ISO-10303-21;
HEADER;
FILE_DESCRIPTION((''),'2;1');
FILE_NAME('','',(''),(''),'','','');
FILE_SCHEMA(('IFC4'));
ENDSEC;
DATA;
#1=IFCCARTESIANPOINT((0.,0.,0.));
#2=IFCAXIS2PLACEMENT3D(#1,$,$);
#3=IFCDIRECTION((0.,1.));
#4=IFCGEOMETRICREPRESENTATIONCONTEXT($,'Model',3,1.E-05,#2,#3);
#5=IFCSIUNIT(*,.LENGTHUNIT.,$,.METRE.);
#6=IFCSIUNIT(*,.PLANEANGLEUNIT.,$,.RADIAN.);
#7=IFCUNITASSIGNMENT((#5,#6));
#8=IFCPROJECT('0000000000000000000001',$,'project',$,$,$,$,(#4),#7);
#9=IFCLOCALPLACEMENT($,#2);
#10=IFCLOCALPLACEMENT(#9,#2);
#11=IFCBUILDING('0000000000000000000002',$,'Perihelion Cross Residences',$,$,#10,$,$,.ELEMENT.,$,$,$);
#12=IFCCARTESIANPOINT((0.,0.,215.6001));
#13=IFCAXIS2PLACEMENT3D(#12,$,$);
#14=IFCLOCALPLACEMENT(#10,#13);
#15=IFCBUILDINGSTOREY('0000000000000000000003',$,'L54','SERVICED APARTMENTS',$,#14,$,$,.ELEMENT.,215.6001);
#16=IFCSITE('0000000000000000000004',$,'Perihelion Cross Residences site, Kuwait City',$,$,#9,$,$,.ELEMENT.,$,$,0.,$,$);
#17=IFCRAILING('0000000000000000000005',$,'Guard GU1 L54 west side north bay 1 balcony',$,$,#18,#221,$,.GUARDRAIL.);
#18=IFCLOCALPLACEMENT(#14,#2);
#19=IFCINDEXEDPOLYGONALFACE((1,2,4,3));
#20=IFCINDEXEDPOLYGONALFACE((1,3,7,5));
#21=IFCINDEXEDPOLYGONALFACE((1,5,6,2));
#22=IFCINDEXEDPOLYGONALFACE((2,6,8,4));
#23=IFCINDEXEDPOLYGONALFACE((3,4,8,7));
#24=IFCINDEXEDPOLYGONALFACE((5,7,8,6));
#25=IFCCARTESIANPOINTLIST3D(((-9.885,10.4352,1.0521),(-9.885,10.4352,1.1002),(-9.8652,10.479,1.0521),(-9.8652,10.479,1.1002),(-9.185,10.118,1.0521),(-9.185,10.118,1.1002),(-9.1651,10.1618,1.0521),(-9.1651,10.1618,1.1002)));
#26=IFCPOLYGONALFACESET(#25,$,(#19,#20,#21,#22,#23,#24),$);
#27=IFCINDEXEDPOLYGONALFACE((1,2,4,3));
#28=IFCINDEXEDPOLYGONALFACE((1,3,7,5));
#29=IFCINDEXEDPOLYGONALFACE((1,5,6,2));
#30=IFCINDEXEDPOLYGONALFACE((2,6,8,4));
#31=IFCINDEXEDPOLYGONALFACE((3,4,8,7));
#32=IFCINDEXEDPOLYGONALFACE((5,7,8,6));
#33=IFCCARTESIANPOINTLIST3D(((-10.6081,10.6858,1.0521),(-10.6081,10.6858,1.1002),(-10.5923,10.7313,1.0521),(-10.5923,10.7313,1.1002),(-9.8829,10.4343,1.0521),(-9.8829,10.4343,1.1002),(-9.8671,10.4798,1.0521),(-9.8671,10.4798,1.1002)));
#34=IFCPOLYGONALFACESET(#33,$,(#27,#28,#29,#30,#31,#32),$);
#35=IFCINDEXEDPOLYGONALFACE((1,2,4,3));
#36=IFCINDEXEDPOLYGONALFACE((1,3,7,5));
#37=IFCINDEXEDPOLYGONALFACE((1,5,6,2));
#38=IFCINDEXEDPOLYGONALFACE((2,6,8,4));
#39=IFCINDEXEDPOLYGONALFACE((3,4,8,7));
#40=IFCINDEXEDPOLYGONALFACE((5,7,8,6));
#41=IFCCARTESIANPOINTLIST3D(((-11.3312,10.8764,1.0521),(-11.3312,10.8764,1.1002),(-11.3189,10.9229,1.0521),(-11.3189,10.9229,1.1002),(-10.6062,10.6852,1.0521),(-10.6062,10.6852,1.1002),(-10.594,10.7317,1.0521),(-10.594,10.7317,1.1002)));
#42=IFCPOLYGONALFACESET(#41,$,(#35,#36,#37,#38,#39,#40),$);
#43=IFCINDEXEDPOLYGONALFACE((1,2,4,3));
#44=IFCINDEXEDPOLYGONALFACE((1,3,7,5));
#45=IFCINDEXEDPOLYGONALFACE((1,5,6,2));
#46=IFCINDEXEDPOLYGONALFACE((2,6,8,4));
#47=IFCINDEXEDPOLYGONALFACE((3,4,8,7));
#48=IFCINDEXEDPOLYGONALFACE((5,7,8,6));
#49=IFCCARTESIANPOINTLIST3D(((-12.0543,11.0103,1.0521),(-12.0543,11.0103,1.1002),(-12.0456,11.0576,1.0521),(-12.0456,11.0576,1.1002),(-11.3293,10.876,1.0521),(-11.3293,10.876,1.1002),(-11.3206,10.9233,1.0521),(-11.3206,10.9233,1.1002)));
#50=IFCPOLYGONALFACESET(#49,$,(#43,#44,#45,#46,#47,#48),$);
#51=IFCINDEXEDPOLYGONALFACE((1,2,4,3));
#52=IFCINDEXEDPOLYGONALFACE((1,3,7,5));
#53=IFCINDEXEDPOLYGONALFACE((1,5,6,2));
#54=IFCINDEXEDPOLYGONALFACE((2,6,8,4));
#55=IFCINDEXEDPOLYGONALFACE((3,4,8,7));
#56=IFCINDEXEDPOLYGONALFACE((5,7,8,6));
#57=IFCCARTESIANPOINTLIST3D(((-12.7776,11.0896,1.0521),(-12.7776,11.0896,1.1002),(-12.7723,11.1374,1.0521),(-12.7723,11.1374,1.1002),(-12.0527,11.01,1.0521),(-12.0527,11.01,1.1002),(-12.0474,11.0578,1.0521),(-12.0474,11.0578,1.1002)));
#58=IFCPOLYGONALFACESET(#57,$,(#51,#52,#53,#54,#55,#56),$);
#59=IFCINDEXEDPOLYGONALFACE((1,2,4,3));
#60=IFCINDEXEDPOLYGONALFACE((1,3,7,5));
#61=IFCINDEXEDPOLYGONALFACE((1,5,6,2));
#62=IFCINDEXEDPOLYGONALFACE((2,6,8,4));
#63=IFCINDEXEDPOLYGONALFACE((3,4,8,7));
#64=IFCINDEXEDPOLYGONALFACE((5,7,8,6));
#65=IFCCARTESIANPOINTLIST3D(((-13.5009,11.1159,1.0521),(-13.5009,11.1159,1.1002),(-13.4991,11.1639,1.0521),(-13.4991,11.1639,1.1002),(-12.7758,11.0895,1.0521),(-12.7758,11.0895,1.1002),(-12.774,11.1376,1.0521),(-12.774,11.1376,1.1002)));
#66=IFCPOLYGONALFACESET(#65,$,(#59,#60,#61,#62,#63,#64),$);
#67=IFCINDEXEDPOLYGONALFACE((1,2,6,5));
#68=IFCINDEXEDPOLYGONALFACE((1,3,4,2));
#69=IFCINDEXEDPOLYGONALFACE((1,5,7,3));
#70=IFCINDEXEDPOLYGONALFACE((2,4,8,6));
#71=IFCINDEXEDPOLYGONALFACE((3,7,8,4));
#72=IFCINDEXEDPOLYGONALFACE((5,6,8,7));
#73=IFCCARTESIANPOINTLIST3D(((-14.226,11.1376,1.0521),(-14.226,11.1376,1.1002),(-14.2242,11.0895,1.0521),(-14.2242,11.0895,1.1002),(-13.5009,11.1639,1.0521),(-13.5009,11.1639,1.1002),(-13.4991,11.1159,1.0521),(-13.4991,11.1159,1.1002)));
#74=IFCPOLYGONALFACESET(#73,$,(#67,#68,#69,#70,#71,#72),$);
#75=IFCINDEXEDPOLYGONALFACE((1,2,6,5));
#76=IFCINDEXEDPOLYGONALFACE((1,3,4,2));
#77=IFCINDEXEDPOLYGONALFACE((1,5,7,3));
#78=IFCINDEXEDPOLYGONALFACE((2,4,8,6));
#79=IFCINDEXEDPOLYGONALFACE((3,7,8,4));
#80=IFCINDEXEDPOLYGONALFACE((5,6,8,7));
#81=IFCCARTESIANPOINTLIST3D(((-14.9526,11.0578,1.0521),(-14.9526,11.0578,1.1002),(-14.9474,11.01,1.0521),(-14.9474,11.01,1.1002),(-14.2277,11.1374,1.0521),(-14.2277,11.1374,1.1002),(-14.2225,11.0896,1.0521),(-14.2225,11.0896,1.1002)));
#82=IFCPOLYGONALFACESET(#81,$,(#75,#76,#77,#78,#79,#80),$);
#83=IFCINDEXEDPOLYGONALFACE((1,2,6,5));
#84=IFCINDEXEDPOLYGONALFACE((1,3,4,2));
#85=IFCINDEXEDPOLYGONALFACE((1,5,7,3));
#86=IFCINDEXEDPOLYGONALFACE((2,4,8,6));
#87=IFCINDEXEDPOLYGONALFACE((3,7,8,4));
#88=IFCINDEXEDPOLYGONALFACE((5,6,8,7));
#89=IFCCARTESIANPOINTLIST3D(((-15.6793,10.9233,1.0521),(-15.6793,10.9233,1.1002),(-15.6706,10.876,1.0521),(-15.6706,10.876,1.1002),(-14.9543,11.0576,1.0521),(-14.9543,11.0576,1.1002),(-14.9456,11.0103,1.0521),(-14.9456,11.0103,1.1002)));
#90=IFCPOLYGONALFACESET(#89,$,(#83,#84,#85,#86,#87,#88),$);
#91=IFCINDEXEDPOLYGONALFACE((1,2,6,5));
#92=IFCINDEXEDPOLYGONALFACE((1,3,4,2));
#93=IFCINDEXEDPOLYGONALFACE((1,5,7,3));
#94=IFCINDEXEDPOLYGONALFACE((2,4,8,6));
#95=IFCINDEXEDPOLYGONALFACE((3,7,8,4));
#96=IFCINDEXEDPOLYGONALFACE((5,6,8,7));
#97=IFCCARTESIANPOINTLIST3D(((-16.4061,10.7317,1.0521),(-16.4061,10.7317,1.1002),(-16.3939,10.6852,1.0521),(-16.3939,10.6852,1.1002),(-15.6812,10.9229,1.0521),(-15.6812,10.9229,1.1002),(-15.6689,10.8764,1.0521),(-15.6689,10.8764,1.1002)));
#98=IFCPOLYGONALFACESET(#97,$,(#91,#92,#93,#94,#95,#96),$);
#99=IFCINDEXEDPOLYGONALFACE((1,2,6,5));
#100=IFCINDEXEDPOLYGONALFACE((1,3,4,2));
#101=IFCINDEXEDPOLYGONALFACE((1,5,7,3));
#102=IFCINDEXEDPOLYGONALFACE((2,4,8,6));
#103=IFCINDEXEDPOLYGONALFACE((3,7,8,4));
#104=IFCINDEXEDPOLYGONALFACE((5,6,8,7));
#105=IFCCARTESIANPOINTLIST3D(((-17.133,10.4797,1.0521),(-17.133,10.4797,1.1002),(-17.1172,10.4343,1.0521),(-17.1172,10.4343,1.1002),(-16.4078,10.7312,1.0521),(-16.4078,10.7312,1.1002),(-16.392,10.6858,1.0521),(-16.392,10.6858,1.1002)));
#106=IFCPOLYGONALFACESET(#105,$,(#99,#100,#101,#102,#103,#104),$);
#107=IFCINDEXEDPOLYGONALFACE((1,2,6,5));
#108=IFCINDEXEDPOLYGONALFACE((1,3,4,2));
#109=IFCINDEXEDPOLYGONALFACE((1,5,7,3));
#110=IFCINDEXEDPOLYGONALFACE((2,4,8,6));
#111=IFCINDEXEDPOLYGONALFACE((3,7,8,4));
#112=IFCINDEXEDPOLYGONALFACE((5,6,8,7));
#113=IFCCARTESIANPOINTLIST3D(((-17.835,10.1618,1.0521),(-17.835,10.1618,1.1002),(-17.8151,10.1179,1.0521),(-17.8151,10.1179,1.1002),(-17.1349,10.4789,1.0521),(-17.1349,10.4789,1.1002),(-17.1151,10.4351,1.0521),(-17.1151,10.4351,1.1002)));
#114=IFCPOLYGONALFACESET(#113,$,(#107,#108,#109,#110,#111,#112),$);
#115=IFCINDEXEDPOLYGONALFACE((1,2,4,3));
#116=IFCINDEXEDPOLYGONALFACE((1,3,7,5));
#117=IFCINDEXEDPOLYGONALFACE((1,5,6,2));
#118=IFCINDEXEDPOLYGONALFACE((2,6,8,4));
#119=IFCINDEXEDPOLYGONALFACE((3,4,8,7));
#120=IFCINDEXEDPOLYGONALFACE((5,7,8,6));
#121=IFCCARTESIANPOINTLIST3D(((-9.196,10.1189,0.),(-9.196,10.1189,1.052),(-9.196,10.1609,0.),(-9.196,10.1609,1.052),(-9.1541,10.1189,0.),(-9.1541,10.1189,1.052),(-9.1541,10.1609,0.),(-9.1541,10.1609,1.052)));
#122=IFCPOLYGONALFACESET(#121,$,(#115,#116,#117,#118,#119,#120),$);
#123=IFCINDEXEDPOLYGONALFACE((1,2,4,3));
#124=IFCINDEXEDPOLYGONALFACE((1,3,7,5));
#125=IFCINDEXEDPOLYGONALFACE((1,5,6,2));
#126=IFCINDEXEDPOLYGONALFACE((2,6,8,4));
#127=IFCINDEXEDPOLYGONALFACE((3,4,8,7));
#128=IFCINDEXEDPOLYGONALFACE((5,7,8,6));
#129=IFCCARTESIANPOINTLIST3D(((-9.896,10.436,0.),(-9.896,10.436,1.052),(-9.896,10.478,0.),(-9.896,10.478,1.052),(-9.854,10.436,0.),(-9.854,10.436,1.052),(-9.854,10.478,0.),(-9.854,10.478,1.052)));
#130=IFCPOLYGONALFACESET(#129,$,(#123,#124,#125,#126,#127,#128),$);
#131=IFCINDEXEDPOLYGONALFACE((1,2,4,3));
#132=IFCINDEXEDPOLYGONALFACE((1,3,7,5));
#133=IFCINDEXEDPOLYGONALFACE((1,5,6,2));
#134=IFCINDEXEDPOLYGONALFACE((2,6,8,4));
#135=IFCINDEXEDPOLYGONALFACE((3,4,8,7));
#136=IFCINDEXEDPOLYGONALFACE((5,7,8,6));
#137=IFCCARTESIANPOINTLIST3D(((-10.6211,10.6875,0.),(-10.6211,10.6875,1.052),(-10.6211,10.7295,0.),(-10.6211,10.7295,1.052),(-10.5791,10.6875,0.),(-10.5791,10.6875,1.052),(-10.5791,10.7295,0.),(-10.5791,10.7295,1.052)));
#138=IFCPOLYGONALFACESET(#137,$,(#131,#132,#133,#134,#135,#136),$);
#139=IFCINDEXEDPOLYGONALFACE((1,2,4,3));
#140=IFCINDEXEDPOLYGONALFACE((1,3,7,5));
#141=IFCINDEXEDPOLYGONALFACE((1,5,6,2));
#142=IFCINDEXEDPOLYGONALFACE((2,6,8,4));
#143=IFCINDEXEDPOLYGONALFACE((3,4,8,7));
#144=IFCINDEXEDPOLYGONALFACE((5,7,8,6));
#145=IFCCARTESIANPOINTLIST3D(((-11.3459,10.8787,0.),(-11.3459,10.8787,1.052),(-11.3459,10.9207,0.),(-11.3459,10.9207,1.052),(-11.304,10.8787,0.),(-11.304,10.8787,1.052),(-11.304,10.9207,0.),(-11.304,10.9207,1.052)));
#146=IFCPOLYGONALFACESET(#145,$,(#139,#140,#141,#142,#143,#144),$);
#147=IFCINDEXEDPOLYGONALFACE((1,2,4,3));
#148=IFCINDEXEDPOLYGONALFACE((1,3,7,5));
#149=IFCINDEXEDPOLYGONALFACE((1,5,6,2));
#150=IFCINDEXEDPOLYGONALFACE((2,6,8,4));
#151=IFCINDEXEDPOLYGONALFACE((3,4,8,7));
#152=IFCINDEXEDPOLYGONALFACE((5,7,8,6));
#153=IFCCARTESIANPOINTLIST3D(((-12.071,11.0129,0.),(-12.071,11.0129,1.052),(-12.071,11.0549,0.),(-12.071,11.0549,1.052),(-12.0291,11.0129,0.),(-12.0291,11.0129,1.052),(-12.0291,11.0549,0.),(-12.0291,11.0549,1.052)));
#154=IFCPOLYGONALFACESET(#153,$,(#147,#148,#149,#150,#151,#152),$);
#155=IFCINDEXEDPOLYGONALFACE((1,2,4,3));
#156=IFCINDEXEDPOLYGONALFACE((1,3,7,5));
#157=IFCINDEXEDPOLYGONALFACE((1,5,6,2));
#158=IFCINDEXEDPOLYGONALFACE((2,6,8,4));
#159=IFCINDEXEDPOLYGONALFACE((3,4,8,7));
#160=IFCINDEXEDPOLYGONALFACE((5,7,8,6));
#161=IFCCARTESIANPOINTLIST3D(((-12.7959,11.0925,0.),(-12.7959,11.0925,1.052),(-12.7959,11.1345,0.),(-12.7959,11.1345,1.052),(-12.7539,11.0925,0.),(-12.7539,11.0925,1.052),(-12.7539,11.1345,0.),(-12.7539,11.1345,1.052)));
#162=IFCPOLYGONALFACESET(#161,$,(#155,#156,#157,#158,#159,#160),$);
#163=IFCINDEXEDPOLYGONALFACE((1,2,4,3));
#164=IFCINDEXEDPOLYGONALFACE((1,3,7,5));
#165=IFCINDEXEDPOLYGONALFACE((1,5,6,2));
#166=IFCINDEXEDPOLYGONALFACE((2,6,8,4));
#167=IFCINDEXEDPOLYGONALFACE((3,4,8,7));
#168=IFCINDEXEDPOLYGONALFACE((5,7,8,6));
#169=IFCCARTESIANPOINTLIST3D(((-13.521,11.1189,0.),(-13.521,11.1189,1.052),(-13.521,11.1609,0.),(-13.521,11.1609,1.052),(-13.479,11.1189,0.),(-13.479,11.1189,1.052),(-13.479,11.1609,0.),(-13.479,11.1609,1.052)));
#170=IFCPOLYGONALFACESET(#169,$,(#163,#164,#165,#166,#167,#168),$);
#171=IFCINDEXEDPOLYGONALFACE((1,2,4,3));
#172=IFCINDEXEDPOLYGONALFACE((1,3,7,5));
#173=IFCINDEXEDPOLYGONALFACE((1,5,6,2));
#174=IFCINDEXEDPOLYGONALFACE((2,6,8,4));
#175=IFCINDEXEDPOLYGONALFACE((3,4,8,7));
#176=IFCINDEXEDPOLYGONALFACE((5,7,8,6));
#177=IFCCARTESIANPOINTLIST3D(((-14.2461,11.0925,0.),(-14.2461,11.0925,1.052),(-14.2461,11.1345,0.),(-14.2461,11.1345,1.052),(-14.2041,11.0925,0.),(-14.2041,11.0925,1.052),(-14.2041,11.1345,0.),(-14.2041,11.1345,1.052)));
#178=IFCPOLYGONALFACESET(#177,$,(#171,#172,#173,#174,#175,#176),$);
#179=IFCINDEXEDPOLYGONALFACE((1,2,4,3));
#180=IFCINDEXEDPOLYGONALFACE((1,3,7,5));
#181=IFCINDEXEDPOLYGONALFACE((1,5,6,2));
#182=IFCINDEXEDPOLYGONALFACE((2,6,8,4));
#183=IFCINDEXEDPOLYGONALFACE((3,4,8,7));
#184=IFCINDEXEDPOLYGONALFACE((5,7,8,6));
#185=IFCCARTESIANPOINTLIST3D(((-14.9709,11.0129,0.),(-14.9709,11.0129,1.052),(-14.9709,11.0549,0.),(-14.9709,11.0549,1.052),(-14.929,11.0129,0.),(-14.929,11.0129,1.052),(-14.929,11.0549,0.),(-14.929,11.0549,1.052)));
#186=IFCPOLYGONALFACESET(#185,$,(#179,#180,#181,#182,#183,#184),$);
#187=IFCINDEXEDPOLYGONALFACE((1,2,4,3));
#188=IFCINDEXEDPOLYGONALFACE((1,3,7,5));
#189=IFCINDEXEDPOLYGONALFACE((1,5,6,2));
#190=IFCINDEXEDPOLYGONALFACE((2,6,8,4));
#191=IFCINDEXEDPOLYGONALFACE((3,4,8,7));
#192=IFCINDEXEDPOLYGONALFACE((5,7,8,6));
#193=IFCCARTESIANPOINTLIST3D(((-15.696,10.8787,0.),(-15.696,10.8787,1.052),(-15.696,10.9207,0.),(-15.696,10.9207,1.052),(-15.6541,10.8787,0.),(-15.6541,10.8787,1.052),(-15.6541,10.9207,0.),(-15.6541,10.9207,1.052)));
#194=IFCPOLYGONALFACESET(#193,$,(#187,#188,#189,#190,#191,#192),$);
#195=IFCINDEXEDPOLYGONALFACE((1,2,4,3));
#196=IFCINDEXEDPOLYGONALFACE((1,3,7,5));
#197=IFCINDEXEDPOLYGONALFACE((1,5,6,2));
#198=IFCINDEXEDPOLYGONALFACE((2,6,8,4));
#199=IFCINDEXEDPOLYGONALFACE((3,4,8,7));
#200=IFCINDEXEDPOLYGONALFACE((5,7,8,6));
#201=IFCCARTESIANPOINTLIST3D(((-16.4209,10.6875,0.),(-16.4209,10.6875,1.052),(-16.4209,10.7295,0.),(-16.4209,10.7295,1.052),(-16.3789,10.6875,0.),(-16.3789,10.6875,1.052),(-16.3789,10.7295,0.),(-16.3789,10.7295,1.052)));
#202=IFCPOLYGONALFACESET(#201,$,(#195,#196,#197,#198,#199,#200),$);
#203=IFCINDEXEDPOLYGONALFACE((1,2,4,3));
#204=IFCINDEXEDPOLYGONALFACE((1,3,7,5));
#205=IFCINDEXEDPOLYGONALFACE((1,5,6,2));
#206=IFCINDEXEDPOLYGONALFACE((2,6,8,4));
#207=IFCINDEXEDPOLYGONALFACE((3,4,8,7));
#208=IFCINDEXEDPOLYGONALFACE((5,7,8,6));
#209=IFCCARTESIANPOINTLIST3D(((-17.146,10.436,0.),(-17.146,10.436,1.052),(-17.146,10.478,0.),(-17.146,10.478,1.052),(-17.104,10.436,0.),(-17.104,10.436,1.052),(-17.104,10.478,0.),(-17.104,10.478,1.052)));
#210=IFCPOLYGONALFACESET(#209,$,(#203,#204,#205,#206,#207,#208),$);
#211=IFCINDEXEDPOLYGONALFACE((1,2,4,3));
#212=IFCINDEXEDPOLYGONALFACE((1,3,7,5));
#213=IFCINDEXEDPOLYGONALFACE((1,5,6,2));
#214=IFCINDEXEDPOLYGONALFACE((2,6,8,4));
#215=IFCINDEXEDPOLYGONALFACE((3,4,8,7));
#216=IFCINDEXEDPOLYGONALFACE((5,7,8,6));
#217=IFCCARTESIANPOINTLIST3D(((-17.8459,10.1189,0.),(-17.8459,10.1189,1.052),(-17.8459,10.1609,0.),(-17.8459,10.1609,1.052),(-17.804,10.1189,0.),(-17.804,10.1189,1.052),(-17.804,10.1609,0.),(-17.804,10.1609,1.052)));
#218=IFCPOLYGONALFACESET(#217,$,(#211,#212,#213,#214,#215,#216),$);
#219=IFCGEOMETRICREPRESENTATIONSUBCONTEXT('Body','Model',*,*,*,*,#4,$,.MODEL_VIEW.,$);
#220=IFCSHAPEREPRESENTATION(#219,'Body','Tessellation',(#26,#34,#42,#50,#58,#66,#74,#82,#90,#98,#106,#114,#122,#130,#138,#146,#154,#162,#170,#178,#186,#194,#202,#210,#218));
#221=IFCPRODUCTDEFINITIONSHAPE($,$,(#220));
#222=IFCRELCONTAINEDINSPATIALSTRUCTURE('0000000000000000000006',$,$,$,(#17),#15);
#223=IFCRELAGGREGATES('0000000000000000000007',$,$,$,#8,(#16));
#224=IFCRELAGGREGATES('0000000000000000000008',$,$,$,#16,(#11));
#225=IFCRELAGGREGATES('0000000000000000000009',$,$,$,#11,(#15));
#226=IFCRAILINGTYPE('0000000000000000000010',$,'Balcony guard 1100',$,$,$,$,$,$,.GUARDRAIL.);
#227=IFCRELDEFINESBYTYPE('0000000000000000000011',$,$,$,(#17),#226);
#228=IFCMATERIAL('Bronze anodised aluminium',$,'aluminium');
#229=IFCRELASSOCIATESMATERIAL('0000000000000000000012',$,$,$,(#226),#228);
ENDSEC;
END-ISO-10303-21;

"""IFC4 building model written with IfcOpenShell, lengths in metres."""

from ifc_helpers import new_model, si_unit, direction, frame, origin, origin_2d, place, context, subcontext, project, spatial, rectangle, extrude, material, type_object, element, save


model = new_model("IFC4")

# Units and contexts
model_context = context("Model", 3, precision=1e-05, world=origin(), true_north=direction((0.0, 1.0)))
body_context = subcontext(model_context, "Body", "Model", "MODEL_VIEW")
ifc_project = project(units=[si_unit("LENGTHUNIT", "METRE"), si_unit("PLANEANGLEUNIT", "RADIAN")], contexts=[model_context])

# Site, building, storey
site_placement = place(None, origin())
site = spatial("IfcSite", under=ifc_project, at=site_placement, Name="Perihelion Cross Residences site, Kuwait City", CompositionType="ELEMENT", RefElevation=0.0)
building_placement = place(site_placement, origin())
building = spatial("IfcBuilding", under=site, at=building_placement, Name="Perihelion Cross Residences", CompositionType="ELEMENT")
storey_placement = place(building_placement, frame((0.0, 0.0, 215.6001)))
storey = spatial("IfcBuildingStorey", under=building, at=storey_placement, Name="L54", Description="SERVICED APARTMENTS", CompositionType="ELEMENT", Elevation=215.6001)

# Railing
ifc_material_1 = material(Name="Bronze anodised aluminium", Category="aluminium")
railing_type = type_object("IfcRailingType", Name="Balcony guard 1100", PredefinedType="GUARDRAIL", material=ifc_material_1)
railing_1_placement = place(storey_placement, frame((-9.175, 10.1399, 0.0)))
element("IfcRailing", 1, at=railing_1_placement, inside=storey, type_object=railing_type, Name="Guard GU1 L54 west side north bay 1 balcony", PredefinedType="GUARDRAIL", context=body_context, shape_type="SweptSolid", body=[
    extrude(rectangle(XDim=0.0481, YDim=0.0481, at=origin_2d()), frame((0.0, 0.0, 1.0762), z_axis=(-0.910866, 0.412702, 0.0), x_axis=(-0.412702, -0.910866, 0.0)), (0.0, 0.0, 1.0), 0.7686),
    extrude(rectangle(XDim=0.0481, YDim=0.0481, at=origin_2d()), frame((-0.7, 0.3171, 1.0762), z_axis=(-0.944797, 0.327657, 0.0), x_axis=(-0.327657, -0.944797, 0.0)), (0.0, 0.0, 1.0), 0.7676),
    extrude(rectangle(XDim=0.0481, YDim=0.0481, at=origin_2d()), frame((-1.425, 0.5686, 1.0762), z_axis=(-0.966939, 0.255006, 0.0), x_axis=(-0.255006, -0.966939, 0.0)), (0.0, 0.0, 1.0), 0.7498),
    extrude(rectangle(XDim=0.0481, YDim=0.0481, at=origin_2d()), frame((-2.1499, 0.7598, 1.0762), z_axis=(-0.983282, 0.182089, 0.0), x_axis=(-0.182089, -0.983282, 0.0)), (0.0, 0.0, 1.0), 0.7373),
    extrude(rectangle(XDim=0.0481, YDim=0.0481, at=origin_2d()), frame((-2.875, 0.894, 1.0762), z_axis=(-0.994026, 0.109145, 0.0), x_axis=(-0.109145, -0.994026, 0.0)), (0.0, 0.0, 1.0), 0.7292),
    extrude(rectangle(XDim=0.0481, YDim=0.0481, at=origin_2d()), frame((-3.5999, 0.9736, 1.0762), z_axis=(-0.999339, 0.03634, 0.0), x_axis=(-0.03634, -0.999339, 0.0)), (0.0, 0.0, 1.0), 0.7256),
    extrude(rectangle(XDim=0.0481, YDim=0.0481, at=origin_2d()), frame((-4.325, 1.0, 1.0762), z_axis=(-0.999339, -0.03634, 0.0), x_axis=(0.03634, -0.999339, 0.0)), (0.0, 0.0, 1.0), 0.7256),
    extrude(rectangle(XDim=0.0481, YDim=0.0481, at=origin_2d()), frame((-5.05, 0.9736, 1.0762), z_axis=(-0.994026, -0.109145, 0.0), x_axis=(0.109145, -0.994026, 0.0)), (0.0, 0.0, 1.0), 0.7292),
    extrude(rectangle(XDim=0.0481, YDim=0.0481, at=origin_2d()), frame((-5.7749, 0.894, 1.0762), z_axis=(-0.983282, -0.182089, 0.0), x_axis=(0.182089, -0.983282, 0.0)), (0.0, 0.0, 1.0), 0.7373),
    extrude(rectangle(XDim=0.0481, YDim=0.0481, at=origin_2d()), frame((-6.5, 0.7598, 1.0762), z_axis=(-0.966939, -0.255006, 0.0), x_axis=(0.255006, -0.966939, 0.0)), (0.0, 0.0, 1.0), 0.7498),
    extrude(rectangle(XDim=0.0481, YDim=0.0481, at=origin_2d()), frame((-7.2249, 0.5686, 1.0762), z_axis=(-0.944797, -0.327657, 0.0), x_axis=(0.327657, -0.944797, 0.0)), (0.0, 0.0, 1.0), 0.7676),
    extrude(rectangle(XDim=0.0481, YDim=0.0481, at=origin_2d()), frame((-7.95, 0.3171, 1.0762), z_axis=(-0.910866, -0.412702, 0.0), x_axis=(0.412702, -0.910866, 0.0)), (0.0, 0.0, 1.0), 0.7686),
    extrude(rectangle(XDim=0.042, YDim=0.042, at=origin_2d()), origin(), (0.0, 0.0, 1.0), 1.052),
    extrude(rectangle(XDim=0.042, YDim=0.042, at=origin_2d()), frame((-0.7, 0.3171, 0.0)), (0.0, 0.0, 1.0), 1.052),
    extrude(rectangle(XDim=0.042, YDim=0.042, at=origin_2d()), frame((-1.425, 0.5686, 0.0)), (0.0, 0.0, 1.0), 1.052),
    extrude(rectangle(XDim=0.042, YDim=0.042, at=origin_2d()), frame((-2.1499, 0.7598, 0.0)), (0.0, 0.0, 1.0), 1.052),
    extrude(rectangle(XDim=0.042, YDim=0.042, at=origin_2d()), frame((-2.875, 0.894, 0.0)), (0.0, 0.0, 1.0), 1.052),
    extrude(rectangle(XDim=0.042, YDim=0.042, at=origin_2d()), frame((-3.5999, 0.9736, 0.0)), (0.0, 0.0, 1.0), 1.052),
    extrude(rectangle(XDim=0.042, YDim=0.042, at=origin_2d()), frame((-4.325, 1.0, 0.0)), (0.0, 0.0, 1.0), 1.052),
    extrude(rectangle(XDim=0.042, YDim=0.042, at=origin_2d()), frame((-5.05, 0.9736, 0.0)), (0.0, 0.0, 1.0), 1.052),
    extrude(rectangle(XDim=0.042, YDim=0.042, at=origin_2d()), frame((-5.7749, 0.894, 0.0)), (0.0, 0.0, 1.0), 1.052),
    extrude(rectangle(XDim=0.042, YDim=0.042, at=origin_2d()), frame((-6.5, 0.7598, 0.0)), (0.0, 0.0, 1.0), 1.052),
    extrude(rectangle(XDim=0.042, YDim=0.042, at=origin_2d()), frame((-7.2249, 0.5686, 0.0)), (0.0, 0.0, 1.0), 1.052),
    extrude(rectangle(XDim=0.042, YDim=0.042, at=origin_2d()), frame((-7.95, 0.3171, 0.0)), (0.0, 0.0, 1.0), 1.052),
    extrude(rectangle(XDim=0.042, YDim=0.042, at=origin_2d()), frame((-8.6499, 0.0, 0.0)), (0.0, 0.0, 1.0), 1.052),
])

save(model, "model.ifc")
